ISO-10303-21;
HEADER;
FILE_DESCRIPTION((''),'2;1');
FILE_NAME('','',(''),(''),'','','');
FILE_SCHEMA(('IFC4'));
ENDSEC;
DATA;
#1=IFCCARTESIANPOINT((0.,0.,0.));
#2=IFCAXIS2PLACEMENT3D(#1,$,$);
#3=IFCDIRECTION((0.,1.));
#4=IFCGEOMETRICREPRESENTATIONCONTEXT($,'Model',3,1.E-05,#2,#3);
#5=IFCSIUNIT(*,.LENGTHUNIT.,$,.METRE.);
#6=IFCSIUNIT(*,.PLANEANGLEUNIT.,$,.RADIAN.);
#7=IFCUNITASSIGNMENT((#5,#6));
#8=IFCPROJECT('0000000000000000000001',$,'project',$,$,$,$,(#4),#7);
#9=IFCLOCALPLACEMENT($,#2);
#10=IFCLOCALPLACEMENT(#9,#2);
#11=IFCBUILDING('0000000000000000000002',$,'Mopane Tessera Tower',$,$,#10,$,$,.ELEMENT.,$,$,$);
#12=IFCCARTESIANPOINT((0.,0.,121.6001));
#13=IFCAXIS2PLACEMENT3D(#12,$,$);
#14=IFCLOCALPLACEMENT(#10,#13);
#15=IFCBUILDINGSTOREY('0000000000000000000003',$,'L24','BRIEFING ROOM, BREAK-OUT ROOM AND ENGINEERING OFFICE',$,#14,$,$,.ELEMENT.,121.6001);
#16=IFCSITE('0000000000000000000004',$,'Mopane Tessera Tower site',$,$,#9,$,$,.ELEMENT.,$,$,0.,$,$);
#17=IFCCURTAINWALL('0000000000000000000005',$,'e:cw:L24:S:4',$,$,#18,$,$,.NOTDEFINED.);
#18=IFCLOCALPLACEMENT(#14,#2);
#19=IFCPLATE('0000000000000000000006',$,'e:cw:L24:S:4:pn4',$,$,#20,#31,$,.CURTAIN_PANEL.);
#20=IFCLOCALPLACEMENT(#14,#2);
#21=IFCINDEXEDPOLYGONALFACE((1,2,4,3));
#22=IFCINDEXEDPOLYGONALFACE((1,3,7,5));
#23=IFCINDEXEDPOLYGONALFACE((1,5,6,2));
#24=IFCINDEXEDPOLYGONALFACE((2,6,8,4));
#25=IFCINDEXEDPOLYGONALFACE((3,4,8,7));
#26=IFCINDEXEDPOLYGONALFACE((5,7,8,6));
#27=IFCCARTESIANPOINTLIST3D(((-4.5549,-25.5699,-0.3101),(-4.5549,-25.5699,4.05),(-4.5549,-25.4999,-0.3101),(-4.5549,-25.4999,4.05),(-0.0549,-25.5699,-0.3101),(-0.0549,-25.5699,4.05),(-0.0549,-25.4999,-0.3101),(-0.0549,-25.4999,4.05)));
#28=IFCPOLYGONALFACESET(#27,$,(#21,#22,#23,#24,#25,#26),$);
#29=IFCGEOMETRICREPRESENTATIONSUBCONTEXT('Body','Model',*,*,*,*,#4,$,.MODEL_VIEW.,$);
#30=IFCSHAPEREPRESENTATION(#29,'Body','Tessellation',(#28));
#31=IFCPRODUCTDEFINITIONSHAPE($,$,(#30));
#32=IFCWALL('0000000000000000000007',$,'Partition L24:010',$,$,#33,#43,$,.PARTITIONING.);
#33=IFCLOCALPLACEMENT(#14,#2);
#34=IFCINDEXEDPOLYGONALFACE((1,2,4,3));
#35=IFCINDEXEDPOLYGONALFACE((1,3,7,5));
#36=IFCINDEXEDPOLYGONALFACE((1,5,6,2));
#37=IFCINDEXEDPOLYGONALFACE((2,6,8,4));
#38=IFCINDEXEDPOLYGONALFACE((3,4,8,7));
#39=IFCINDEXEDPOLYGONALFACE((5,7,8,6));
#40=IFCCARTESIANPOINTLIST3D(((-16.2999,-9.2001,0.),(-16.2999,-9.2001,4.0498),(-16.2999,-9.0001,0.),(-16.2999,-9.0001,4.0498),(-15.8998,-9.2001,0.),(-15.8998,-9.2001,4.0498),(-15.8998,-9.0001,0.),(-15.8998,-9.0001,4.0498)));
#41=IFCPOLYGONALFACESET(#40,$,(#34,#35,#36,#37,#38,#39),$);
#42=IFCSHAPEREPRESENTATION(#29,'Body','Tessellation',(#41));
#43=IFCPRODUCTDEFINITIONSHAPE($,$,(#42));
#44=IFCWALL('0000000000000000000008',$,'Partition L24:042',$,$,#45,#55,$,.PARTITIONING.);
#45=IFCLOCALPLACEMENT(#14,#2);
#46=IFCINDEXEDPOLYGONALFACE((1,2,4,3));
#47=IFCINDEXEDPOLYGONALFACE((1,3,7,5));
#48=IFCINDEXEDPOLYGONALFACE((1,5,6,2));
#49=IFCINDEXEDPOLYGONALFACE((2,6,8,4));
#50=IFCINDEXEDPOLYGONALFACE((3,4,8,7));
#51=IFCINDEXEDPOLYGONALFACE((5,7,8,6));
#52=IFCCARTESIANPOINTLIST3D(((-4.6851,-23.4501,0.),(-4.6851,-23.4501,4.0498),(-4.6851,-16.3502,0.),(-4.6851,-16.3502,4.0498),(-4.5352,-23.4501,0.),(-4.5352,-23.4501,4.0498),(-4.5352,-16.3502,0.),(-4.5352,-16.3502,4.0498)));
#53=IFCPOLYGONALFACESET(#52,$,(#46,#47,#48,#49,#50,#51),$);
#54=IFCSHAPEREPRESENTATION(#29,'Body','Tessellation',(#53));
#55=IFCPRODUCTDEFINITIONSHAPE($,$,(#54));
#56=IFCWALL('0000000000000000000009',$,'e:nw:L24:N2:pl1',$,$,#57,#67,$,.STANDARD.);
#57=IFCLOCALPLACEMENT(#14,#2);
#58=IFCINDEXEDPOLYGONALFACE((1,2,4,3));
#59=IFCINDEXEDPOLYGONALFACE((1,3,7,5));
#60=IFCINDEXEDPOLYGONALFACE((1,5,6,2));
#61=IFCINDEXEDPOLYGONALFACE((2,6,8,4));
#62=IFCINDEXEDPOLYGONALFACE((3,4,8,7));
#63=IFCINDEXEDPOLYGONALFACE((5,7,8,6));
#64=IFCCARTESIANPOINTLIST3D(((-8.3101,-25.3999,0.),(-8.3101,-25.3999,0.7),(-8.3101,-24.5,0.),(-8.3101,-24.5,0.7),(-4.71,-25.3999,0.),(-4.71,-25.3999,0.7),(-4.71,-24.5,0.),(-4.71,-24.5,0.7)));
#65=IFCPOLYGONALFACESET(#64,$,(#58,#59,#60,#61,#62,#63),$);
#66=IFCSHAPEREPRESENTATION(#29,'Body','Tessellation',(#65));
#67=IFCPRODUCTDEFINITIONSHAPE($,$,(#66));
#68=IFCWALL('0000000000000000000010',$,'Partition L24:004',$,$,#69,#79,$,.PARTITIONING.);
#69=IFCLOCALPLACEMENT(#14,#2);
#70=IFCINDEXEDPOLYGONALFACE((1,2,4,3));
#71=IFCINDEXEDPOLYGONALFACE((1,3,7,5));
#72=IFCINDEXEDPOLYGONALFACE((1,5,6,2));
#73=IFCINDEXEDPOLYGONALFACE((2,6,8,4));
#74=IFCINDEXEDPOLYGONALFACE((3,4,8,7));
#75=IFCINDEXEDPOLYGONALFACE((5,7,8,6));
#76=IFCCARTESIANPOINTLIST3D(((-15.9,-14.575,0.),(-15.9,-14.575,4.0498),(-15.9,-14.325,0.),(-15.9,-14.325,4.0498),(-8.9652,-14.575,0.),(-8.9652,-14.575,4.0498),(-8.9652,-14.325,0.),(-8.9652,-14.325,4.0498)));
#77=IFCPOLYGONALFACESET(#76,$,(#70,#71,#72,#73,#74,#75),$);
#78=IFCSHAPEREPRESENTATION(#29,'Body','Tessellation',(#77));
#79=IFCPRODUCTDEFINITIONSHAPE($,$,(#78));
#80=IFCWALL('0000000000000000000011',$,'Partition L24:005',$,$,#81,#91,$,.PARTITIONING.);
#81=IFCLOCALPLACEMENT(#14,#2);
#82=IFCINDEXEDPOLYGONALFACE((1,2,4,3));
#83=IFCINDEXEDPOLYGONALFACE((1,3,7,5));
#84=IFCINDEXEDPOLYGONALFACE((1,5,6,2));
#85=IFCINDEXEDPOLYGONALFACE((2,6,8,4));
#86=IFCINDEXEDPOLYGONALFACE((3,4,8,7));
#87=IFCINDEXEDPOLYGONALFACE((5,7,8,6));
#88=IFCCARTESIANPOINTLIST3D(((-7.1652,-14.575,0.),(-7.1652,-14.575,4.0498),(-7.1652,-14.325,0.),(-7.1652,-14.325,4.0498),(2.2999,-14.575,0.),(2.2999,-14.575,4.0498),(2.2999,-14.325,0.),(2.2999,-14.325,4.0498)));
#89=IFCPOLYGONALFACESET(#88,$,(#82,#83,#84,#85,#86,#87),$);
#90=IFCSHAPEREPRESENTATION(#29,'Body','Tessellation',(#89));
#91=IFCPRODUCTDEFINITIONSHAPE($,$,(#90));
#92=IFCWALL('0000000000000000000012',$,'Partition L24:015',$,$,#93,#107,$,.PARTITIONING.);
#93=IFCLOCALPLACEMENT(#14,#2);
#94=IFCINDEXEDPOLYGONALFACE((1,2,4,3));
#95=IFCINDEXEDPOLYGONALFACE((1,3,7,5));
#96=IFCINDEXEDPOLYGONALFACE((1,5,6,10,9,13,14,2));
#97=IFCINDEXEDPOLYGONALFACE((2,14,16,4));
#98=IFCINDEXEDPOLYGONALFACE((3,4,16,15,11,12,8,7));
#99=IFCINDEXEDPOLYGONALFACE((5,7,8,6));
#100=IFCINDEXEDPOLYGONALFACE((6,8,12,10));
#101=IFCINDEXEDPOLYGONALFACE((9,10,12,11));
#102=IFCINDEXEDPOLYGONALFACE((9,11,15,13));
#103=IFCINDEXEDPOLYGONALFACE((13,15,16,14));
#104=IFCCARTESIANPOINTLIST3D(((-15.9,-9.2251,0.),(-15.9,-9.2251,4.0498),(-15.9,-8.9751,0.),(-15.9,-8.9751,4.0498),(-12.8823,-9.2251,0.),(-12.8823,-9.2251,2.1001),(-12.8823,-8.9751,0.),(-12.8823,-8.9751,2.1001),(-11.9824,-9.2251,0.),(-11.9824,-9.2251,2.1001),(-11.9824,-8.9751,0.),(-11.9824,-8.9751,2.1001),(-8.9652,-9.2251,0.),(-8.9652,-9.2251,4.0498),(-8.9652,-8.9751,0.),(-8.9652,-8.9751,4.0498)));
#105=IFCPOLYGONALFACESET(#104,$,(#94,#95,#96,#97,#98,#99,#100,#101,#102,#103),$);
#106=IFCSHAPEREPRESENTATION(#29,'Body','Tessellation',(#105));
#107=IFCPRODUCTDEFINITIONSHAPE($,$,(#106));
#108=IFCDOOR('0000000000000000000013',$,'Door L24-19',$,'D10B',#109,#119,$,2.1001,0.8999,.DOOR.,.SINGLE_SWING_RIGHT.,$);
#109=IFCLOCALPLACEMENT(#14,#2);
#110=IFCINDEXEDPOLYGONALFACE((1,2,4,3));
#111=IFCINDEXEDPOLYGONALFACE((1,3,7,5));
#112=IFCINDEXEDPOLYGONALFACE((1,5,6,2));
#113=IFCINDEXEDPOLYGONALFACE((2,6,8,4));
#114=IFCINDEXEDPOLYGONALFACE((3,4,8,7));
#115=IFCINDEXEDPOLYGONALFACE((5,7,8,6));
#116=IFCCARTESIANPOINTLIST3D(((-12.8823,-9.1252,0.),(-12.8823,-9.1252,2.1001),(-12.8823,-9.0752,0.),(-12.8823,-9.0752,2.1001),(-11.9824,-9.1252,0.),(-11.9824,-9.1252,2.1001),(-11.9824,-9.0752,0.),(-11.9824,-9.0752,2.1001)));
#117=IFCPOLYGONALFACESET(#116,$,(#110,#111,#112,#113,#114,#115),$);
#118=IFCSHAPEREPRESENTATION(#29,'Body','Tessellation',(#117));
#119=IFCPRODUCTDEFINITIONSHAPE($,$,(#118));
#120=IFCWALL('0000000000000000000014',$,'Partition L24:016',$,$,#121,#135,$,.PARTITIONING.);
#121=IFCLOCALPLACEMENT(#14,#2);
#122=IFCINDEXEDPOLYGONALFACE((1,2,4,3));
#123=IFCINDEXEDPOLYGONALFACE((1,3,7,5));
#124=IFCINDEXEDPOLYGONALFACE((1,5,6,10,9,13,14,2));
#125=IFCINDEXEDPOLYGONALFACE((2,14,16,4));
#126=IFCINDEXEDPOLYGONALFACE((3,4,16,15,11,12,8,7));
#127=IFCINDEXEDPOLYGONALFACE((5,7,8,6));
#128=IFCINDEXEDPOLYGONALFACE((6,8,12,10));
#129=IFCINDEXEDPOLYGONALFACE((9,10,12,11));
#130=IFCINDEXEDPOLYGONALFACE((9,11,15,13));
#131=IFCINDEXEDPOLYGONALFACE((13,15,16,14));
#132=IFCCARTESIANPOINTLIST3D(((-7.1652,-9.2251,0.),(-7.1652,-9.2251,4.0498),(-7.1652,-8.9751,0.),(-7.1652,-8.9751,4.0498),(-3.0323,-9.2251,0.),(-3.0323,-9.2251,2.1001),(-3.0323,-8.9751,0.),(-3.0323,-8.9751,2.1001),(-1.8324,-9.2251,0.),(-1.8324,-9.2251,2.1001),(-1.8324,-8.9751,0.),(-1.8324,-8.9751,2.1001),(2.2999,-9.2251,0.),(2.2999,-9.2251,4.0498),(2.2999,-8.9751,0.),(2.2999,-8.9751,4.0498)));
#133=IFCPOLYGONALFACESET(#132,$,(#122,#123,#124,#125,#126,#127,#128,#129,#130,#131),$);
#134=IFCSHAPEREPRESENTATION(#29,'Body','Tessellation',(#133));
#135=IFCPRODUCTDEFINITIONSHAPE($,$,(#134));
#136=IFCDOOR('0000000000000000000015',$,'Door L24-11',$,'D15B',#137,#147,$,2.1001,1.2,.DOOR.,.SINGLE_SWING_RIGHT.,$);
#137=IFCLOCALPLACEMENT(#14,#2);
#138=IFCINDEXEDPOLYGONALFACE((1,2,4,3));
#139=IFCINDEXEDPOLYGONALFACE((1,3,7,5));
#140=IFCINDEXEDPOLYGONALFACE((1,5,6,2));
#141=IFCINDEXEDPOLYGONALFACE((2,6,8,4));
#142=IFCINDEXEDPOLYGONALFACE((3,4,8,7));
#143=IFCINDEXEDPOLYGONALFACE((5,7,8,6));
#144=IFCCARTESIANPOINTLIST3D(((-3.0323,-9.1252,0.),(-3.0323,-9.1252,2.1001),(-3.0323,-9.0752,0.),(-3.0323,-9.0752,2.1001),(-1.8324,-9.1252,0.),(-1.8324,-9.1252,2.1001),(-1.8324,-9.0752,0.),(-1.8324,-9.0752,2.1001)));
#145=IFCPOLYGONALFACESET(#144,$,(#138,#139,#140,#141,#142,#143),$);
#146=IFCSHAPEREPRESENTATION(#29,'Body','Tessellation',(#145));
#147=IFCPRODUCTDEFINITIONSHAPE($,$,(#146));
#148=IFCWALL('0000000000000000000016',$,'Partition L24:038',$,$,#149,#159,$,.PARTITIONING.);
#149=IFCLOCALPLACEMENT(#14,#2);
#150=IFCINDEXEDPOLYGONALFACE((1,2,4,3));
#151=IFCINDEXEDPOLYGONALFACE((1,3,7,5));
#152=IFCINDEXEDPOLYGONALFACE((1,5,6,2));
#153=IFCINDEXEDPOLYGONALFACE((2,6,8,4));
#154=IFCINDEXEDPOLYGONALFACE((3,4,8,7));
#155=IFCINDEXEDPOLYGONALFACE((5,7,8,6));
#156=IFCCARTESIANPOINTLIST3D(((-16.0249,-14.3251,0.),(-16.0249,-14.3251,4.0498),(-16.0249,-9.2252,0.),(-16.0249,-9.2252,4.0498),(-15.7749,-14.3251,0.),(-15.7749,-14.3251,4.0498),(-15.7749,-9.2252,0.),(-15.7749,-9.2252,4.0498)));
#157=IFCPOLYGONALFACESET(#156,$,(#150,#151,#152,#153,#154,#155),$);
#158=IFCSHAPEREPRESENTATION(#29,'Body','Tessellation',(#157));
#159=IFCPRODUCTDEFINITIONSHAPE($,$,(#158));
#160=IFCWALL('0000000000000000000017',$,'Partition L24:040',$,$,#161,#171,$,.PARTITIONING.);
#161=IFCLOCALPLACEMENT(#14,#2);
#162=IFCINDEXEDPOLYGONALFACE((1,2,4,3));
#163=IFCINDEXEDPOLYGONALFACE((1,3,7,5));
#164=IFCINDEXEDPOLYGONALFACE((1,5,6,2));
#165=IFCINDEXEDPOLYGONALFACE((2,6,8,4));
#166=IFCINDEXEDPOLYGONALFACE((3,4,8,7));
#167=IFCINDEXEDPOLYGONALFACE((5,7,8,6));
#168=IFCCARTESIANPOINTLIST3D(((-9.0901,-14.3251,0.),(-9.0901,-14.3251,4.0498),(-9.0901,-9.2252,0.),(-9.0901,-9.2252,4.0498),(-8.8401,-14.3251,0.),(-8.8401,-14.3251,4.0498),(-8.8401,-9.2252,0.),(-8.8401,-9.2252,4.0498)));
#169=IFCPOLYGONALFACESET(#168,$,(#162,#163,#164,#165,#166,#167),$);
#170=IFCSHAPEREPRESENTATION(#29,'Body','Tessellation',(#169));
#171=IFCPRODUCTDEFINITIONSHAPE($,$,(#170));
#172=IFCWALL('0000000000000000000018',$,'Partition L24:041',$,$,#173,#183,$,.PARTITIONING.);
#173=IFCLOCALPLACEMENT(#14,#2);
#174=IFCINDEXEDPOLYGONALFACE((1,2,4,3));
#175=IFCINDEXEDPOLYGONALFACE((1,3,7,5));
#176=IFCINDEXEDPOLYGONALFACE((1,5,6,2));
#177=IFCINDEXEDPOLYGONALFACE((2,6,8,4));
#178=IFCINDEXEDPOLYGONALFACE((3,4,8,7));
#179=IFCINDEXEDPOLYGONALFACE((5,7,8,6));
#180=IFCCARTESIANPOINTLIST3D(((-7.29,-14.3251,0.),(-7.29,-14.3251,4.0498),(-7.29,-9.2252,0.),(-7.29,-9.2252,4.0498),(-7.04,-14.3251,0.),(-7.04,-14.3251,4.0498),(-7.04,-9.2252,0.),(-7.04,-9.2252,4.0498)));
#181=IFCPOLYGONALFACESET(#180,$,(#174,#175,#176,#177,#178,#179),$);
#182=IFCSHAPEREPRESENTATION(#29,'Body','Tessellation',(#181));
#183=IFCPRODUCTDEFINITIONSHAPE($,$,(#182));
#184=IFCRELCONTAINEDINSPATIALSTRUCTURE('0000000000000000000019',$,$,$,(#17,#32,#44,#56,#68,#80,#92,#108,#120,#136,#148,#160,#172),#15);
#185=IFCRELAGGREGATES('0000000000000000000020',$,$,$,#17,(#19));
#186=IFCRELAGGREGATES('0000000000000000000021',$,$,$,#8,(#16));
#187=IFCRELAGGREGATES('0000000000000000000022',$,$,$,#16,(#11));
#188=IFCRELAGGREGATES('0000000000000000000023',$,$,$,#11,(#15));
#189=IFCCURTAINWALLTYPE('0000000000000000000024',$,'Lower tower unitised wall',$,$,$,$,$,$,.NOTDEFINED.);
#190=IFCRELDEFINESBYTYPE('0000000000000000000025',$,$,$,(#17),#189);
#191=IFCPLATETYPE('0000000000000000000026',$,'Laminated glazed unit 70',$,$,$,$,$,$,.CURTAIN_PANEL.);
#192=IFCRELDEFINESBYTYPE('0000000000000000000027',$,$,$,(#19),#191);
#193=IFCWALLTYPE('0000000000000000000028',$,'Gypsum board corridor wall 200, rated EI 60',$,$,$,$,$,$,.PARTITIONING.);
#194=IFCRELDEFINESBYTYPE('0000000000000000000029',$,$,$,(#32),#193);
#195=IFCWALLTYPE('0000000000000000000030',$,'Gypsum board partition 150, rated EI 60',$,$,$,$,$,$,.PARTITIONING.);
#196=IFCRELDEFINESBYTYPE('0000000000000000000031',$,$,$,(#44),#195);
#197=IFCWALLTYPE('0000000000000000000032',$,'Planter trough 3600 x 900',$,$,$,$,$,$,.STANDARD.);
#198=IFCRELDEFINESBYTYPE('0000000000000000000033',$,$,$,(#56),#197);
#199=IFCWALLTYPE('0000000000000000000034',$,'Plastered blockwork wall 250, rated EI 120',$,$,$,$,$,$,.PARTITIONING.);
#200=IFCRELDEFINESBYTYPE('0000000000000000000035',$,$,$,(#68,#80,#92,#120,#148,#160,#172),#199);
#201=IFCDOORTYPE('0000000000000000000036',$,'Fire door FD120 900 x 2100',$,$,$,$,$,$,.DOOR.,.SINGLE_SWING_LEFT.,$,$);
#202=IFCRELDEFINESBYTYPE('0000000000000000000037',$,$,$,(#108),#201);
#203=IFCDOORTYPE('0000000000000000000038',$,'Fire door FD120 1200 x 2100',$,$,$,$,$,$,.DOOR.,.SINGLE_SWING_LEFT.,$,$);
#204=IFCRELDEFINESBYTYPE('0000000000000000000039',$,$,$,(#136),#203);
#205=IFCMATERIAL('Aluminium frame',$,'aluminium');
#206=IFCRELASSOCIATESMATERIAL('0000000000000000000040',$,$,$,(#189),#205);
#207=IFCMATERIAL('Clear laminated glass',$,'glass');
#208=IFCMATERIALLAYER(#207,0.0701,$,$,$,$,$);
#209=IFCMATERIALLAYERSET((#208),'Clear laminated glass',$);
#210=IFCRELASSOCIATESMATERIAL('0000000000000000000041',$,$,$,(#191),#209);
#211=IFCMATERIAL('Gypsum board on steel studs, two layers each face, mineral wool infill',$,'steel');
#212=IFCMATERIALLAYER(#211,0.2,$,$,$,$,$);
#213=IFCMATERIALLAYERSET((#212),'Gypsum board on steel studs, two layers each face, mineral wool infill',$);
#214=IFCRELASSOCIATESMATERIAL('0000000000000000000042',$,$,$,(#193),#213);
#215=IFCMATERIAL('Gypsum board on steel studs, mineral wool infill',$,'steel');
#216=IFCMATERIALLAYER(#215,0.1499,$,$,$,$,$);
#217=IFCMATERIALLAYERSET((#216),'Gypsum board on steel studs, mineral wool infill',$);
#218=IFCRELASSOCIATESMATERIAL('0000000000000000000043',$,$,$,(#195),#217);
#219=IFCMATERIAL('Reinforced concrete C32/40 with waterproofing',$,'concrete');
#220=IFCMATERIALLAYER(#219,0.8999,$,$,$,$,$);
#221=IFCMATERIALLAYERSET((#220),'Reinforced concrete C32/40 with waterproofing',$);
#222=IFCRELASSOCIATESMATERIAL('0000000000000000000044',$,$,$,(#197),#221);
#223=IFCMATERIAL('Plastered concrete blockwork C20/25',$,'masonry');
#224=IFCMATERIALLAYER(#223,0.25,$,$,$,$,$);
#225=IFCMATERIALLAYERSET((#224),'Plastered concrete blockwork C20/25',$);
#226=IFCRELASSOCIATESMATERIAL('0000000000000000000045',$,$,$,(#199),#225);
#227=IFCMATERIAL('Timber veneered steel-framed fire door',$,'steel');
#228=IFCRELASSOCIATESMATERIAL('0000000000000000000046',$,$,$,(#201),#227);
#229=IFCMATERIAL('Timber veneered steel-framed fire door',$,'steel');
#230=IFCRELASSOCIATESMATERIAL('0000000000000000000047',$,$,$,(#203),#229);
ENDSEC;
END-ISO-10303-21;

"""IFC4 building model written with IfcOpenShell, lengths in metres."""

from ifc_helpers import new_model, si_unit, direction, frame, frame_2d, origin, origin_2d, place, context, subcontext, project, spatial, rectangle, extrude, material, layer, layer_set, type_object, element, fill, aggregate, save


model = new_model("IFC4")

# Units and contexts
model_context = context("Model", 3, precision=1e-05, world=origin(), true_north=direction((0.0, 1.0)))
body_context = subcontext(model_context, "Body", "Model", "MODEL_VIEW")
ifc_project = project(units=[si_unit("LENGTHUNIT", "METRE"), si_unit("PLANEANGLEUNIT", "RADIAN")], contexts=[model_context])

# Site, building, storey
site_placement = place(None, origin())
site = spatial("IfcSite", under=ifc_project, at=site_placement, Name="Mopane Tessera Tower site", CompositionType="ELEMENT", RefElevation=0.0)
building_placement = place(site_placement, origin())
building = spatial("IfcBuilding", under=site, at=building_placement, Name="Mopane Tessera Tower", CompositionType="ELEMENT")
storey_placement = place(building_placement, frame((0.0, 0.0, 121.6001)))
storey = spatial("IfcBuildingStorey", under=building, at=storey_placement, Name="L24", Description="BRIEFING ROOM, BREAK-OUT ROOM AND ENGINEERING OFFICE", CompositionType="ELEMENT", Elevation=121.6001)

# Curtain wall
ifc_material_1 = material(Name="Aluminium frame", Category="aluminium")
curtain_wall_type = type_object("IfcCurtainWallType", Name="Lower tower unitised wall", PredefinedType="NOTDEFINED", material=ifc_material_1)
curtain_wall_placement = place(storey_placement, origin())
curtain_wall = element("IfcCurtainWall", 1, at=curtain_wall_placement, inside=storey, type_object=curtain_wall_type, Name="e:cw:L24:S:4", PredefinedType="NOTDEFINED")

# Plate
ifc_material_2 = material(Name="Clear laminated glass", Category="glass")
ifc_layer_1 = layer(ifc_material_2, 0.0701)
ifc_layer_set_1 = layer_set([ifc_layer_1], Name="Clear laminated glass")
plate_type = type_object("IfcPlateType", Name="Laminated glazed unit 70", PredefinedType="CURTAIN_PANEL", material=ifc_layer_set_1)
plate_placement = place(storey_placement, frame((-2.3049, -25.5349, -0.3101), z_axis=(0.0, 0.0, 1.0), x_axis=(1.0, 0.0, 0.0)))
plate = element("IfcPlate", 2, at=plate_placement, type_object=plate_type, Name="e:cw:L24:S:4:pn4", PredefinedType="CURTAIN_PANEL", context=body_context, shape_type="SweptSolid", body=[
    extrude(rectangle(XDim=4.5, YDim=0.0701, at=origin_2d()), origin(), (0.0, 0.0, 1.0), 4.3601),
])
aggregate(curtain_wall, [plate])

# Walls
ifc_material_3 = material(Name="Gypsum board on steel studs, two layers each face, mineral wool infill", Category="steel")
ifc_layer_2 = layer(ifc_material_3, 0.2)
ifc_layer_set_2 = layer_set([ifc_layer_2], Name="Gypsum board on steel studs, two layers each face, mineral wool infill")
wall_type_1 = type_object("IfcWallType", Name="Gypsum board corridor wall 200, rated EI 60", PredefinedType="PARTITIONING", material=ifc_layer_set_2)
wall_1_placement = place(storey_placement, frame((-16.3, -9.1001, 0.0), z_axis=(0.0, 0.0, 1.0), x_axis=(1.0, 0.0, 0.0)))
element("IfcWall", 3, at=wall_1_placement, inside=storey, type_object=wall_type_1, Name="Partition L24:010", PredefinedType="PARTITIONING", context=body_context, shape_type="SweptSolid", body=[
    extrude(rectangle(XDim=0.4001, YDim=0.2, at=frame_2d((0.2002, 0.0))), origin(), (0.0, 0.0, 1.0), 4.0498),
])
ifc_material_4 = material(Name="Gypsum board on steel studs, mineral wool infill", Category="steel")
ifc_layer_3 = layer(ifc_material_4, 0.1499)
ifc_layer_set_3 = layer_set([ifc_layer_3], Name="Gypsum board on steel studs, mineral wool infill")
wall_type_2 = type_object("IfcWallType", Name="Gypsum board partition 150, rated EI 60", PredefinedType="PARTITIONING", material=ifc_layer_set_3)
wall_2_placement = place(storey_placement, frame((-4.6101, -23.45, 0.0), z_axis=(0.0, 0.0, 1.0), x_axis=(0.0, 1.0, 0.0)))
element("IfcWall", 4, at=wall_2_placement, inside=storey, type_object=wall_type_2, Name="Partition L24:042", PredefinedType="PARTITIONING", context=body_context, shape_type="SweptSolid", body=[
    extrude(rectangle(XDim=7.0999, YDim=0.1499, at=frame_2d((3.5498, 0.0))), origin(), (0.0, 0.0, 1.0), 4.0498),
])
ifc_material_5 = material(Name="Reinforced concrete C32/40 with waterproofing", Category="concrete")
ifc_layer_4 = layer(ifc_material_5, 0.8999)
ifc_layer_set_4 = layer_set([ifc_layer_4], Name="Reinforced concrete C32/40 with waterproofing")
wall_type_3 = type_object("IfcWallType", Name="Planter trough 3600 x 900", PredefinedType="STANDARD", material=ifc_layer_set_4)
wall_3_placement = place(storey_placement, frame((-8.3101, -24.95, 0.0), z_axis=(0.0, 0.0, 1.0), x_axis=(1.0, 0.0, 0.0)))
element("IfcWall", 5, at=wall_3_placement, inside=storey, type_object=wall_type_3, Name="e:nw:L24:N2:pl1", PredefinedType="STANDARD", context=body_context, shape_type="SweptSolid", body=[
    extrude(rectangle(XDim=3.6001, YDim=0.8999, at=frame_2d((1.8, 0.0))), origin(), (0.0, 0.0, 1.0), 0.7),
])
ifc_material_6 = material(Name="Plastered concrete blockwork C20/25", Category="masonry")
ifc_layer_5 = layer(ifc_material_6, 0.25)
ifc_layer_set_5 = layer_set([ifc_layer_5], Name="Plastered concrete blockwork C20/25")
wall_type_4 = type_object("IfcWallType", Name="Plastered blockwork wall 250, rated EI 120", PredefinedType="PARTITIONING", material=ifc_layer_set_5)
wall_4_placement = place(storey_placement, frame((-15.8999, -14.45, 0.0), z_axis=(0.0, 0.0, 1.0), x_axis=(1.0, 0.0, 0.0)))
element("IfcWall", 6, at=wall_4_placement, inside=storey, type_object=wall_type_4, Name="Partition L24:004", PredefinedType="PARTITIONING", context=body_context, shape_type="SweptSolid", body=[
    extrude(rectangle(XDim=6.9348, YDim=0.25, at=frame_2d((3.4673, 0.0))), origin(), (0.0, 0.0, 1.0), 4.0498),
])
wall_5_placement = place(storey_placement, frame((-7.165, -14.45, 0.0), z_axis=(0.0, 0.0, 1.0), x_axis=(1.0, 0.0, 0.0)))
element("IfcWall", 7, at=wall_5_placement, inside=storey, type_object=wall_type_4, Name="Partition L24:005", PredefinedType="PARTITIONING", context=body_context, shape_type="SweptSolid", body=[
    extrude(rectangle(XDim=9.4651, YDim=0.25, at=frame_2d((4.7324, 0.0))), origin(), (0.0, 0.0, 1.0), 4.0498),
])

# Walls, openings, doors
wall_6_placement = place(storey_placement, frame((-15.8999, -9.1001, 0.0), z_axis=(0.0, 0.0, 1.0), x_axis=(1.0, 0.0, 0.0)))
wall_6 = element("IfcWall", 8, at=wall_6_placement, inside=storey, type_object=wall_type_4, Name="Partition L24:015", PredefinedType="PARTITIONING", context=body_context, shape_type="SweptSolid", body=[
    extrude(rectangle(XDim=6.9348, YDim=0.25, at=frame_2d((3.4673, 0.0))), origin(), (0.0, 0.0, 1.0), 4.0498),
])
opening_1_placement = place(wall_6_placement, frame((3.0176, 0.0, 0.0)))
opening_1 = element("IfcOpeningElement", 9, at=opening_1_placement, cuts=wall_6, PredefinedType="OPENING", context=body_context, shape_type="SweptSolid", body=[
    extrude(rectangle(XDim=0.8999, YDim=2.1001, at=frame_2d((0.45, 1.05))), frame((0.0, 0.137, 0.0), z_axis=(0.0, -1.0, 0.0), x_axis=(1.0, 0.0, 0.0)), (0.0, 0.0, 1.0), 0.2739),
])
ifc_material_7 = material(Name="Timber veneered steel-framed fire door", Category="steel")
door_type_1 = type_object("IfcDoorType", Name="Fire door FD120 900 x 2100", OperationType="SINGLE_SWING_LEFT", PredefinedType="DOOR", material=ifc_material_7)
door_1_placement = place(opening_1_placement, origin())
door_1 = element("IfcDoor", 10, at=door_1_placement, inside=storey, type_object=door_type_1, Name="Door L24-19", ObjectType="D10B", OperationType="SINGLE_SWING_RIGHT", OverallHeight=2.1001, OverallWidth=0.8999, PredefinedType="DOOR", context=body_context, shape_type="SweptSolid", body=[
    extrude(rectangle(XDim=0.8999, YDim=2.1001, at=frame_2d((0.45, 1.05))), frame((0.0, 0.0249, 0.0), z_axis=(0.0, -1.0, 0.0), x_axis=(1.0, 0.0, 0.0)), (0.0, 0.0, 1.0), 0.05),
])
fill(opening_1, door_1)
wall_7_placement = place(storey_placement, frame((-7.165, -9.1001, 0.0), z_axis=(0.0, 0.0, 1.0), x_axis=(1.0, 0.0, 0.0)))
wall_7 = element("IfcWall", 11, at=wall_7_placement, inside=storey, type_object=wall_type_4, Name="Partition L24:016", PredefinedType="PARTITIONING", context=body_context, shape_type="SweptSolid", body=[
    extrude(rectangle(XDim=9.4651, YDim=0.25, at=frame_2d((4.7324, 0.0))), origin(), (0.0, 0.0, 1.0), 4.0498),
])
opening_2_placement = place(wall_7_placement, frame((4.1326, 0.0, 0.0)))
opening_2 = element("IfcOpeningElement", 12, at=opening_2_placement, cuts=wall_7, PredefinedType="OPENING", context=body_context, shape_type="SweptSolid", body=[
    extrude(rectangle(XDim=1.2, YDim=2.1001, at=frame_2d((0.6001, 1.05))), frame((0.0, 0.137, 0.0), z_axis=(0.0, -1.0, 0.0), x_axis=(1.0, 0.0, 0.0)), (0.0, 0.0, 1.0), 0.2739),
])
ifc_material_8 = material(Name="Timber veneered steel-framed fire door", Category="steel")
door_type_2 = type_object("IfcDoorType", Name="Fire door FD120 1200 x 2100", OperationType="SINGLE_SWING_LEFT", PredefinedType="DOOR", material=ifc_material_8)
door_2_placement = place(opening_2_placement, origin())
door_2 = element("IfcDoor", 13, at=door_2_placement, inside=storey, type_object=door_type_2, Name="Door L24-11", ObjectType="D15B", OperationType="SINGLE_SWING_RIGHT", OverallHeight=2.1001, OverallWidth=1.2, PredefinedType="DOOR", context=body_context, shape_type="SweptSolid", body=[
    extrude(rectangle(XDim=1.2, YDim=2.1001, at=frame_2d((0.6001, 1.05))), frame((0.0, 0.0249, 0.0), z_axis=(0.0, -1.0, 0.0), x_axis=(1.0, 0.0, 0.0)), (0.0, 0.0, 1.0), 0.05),
])
fill(opening_2, door_2)

# Walls
for number, where, z_axis, x_axis, name in (
    (14, (-15.8999, -14.325, 0.0), (0.0, 0.0, 1.0), (0.0, 1.0, 0.0), "Partition L24:038"),
    (15, (-8.9651, -14.325, 0.0), (0.0, 0.0, 1.0), (0.0, 1.0, 0.0), "Partition L24:040"),
    (16, (-7.165, -14.325, 0.0), (0.0, 0.0, 1.0), (0.0, 1.0, 0.0), "Partition L24:041"),
):
    element("IfcWall", number, at=place(storey_placement, frame(where, z_axis=z_axis, x_axis=x_axis)), inside=storey, type_object=wall_type_4, Name=name, PredefinedType="PARTITIONING", context=body_context, shape_type="SweptSolid", body=[
        extrude(rectangle(XDim=5.0999, YDim=0.25, at=frame_2d((2.5498, 0.0))), origin(), (0.0, 0.0, 1.0), 4.0498),
    ])

save(model, "model.ifc")
